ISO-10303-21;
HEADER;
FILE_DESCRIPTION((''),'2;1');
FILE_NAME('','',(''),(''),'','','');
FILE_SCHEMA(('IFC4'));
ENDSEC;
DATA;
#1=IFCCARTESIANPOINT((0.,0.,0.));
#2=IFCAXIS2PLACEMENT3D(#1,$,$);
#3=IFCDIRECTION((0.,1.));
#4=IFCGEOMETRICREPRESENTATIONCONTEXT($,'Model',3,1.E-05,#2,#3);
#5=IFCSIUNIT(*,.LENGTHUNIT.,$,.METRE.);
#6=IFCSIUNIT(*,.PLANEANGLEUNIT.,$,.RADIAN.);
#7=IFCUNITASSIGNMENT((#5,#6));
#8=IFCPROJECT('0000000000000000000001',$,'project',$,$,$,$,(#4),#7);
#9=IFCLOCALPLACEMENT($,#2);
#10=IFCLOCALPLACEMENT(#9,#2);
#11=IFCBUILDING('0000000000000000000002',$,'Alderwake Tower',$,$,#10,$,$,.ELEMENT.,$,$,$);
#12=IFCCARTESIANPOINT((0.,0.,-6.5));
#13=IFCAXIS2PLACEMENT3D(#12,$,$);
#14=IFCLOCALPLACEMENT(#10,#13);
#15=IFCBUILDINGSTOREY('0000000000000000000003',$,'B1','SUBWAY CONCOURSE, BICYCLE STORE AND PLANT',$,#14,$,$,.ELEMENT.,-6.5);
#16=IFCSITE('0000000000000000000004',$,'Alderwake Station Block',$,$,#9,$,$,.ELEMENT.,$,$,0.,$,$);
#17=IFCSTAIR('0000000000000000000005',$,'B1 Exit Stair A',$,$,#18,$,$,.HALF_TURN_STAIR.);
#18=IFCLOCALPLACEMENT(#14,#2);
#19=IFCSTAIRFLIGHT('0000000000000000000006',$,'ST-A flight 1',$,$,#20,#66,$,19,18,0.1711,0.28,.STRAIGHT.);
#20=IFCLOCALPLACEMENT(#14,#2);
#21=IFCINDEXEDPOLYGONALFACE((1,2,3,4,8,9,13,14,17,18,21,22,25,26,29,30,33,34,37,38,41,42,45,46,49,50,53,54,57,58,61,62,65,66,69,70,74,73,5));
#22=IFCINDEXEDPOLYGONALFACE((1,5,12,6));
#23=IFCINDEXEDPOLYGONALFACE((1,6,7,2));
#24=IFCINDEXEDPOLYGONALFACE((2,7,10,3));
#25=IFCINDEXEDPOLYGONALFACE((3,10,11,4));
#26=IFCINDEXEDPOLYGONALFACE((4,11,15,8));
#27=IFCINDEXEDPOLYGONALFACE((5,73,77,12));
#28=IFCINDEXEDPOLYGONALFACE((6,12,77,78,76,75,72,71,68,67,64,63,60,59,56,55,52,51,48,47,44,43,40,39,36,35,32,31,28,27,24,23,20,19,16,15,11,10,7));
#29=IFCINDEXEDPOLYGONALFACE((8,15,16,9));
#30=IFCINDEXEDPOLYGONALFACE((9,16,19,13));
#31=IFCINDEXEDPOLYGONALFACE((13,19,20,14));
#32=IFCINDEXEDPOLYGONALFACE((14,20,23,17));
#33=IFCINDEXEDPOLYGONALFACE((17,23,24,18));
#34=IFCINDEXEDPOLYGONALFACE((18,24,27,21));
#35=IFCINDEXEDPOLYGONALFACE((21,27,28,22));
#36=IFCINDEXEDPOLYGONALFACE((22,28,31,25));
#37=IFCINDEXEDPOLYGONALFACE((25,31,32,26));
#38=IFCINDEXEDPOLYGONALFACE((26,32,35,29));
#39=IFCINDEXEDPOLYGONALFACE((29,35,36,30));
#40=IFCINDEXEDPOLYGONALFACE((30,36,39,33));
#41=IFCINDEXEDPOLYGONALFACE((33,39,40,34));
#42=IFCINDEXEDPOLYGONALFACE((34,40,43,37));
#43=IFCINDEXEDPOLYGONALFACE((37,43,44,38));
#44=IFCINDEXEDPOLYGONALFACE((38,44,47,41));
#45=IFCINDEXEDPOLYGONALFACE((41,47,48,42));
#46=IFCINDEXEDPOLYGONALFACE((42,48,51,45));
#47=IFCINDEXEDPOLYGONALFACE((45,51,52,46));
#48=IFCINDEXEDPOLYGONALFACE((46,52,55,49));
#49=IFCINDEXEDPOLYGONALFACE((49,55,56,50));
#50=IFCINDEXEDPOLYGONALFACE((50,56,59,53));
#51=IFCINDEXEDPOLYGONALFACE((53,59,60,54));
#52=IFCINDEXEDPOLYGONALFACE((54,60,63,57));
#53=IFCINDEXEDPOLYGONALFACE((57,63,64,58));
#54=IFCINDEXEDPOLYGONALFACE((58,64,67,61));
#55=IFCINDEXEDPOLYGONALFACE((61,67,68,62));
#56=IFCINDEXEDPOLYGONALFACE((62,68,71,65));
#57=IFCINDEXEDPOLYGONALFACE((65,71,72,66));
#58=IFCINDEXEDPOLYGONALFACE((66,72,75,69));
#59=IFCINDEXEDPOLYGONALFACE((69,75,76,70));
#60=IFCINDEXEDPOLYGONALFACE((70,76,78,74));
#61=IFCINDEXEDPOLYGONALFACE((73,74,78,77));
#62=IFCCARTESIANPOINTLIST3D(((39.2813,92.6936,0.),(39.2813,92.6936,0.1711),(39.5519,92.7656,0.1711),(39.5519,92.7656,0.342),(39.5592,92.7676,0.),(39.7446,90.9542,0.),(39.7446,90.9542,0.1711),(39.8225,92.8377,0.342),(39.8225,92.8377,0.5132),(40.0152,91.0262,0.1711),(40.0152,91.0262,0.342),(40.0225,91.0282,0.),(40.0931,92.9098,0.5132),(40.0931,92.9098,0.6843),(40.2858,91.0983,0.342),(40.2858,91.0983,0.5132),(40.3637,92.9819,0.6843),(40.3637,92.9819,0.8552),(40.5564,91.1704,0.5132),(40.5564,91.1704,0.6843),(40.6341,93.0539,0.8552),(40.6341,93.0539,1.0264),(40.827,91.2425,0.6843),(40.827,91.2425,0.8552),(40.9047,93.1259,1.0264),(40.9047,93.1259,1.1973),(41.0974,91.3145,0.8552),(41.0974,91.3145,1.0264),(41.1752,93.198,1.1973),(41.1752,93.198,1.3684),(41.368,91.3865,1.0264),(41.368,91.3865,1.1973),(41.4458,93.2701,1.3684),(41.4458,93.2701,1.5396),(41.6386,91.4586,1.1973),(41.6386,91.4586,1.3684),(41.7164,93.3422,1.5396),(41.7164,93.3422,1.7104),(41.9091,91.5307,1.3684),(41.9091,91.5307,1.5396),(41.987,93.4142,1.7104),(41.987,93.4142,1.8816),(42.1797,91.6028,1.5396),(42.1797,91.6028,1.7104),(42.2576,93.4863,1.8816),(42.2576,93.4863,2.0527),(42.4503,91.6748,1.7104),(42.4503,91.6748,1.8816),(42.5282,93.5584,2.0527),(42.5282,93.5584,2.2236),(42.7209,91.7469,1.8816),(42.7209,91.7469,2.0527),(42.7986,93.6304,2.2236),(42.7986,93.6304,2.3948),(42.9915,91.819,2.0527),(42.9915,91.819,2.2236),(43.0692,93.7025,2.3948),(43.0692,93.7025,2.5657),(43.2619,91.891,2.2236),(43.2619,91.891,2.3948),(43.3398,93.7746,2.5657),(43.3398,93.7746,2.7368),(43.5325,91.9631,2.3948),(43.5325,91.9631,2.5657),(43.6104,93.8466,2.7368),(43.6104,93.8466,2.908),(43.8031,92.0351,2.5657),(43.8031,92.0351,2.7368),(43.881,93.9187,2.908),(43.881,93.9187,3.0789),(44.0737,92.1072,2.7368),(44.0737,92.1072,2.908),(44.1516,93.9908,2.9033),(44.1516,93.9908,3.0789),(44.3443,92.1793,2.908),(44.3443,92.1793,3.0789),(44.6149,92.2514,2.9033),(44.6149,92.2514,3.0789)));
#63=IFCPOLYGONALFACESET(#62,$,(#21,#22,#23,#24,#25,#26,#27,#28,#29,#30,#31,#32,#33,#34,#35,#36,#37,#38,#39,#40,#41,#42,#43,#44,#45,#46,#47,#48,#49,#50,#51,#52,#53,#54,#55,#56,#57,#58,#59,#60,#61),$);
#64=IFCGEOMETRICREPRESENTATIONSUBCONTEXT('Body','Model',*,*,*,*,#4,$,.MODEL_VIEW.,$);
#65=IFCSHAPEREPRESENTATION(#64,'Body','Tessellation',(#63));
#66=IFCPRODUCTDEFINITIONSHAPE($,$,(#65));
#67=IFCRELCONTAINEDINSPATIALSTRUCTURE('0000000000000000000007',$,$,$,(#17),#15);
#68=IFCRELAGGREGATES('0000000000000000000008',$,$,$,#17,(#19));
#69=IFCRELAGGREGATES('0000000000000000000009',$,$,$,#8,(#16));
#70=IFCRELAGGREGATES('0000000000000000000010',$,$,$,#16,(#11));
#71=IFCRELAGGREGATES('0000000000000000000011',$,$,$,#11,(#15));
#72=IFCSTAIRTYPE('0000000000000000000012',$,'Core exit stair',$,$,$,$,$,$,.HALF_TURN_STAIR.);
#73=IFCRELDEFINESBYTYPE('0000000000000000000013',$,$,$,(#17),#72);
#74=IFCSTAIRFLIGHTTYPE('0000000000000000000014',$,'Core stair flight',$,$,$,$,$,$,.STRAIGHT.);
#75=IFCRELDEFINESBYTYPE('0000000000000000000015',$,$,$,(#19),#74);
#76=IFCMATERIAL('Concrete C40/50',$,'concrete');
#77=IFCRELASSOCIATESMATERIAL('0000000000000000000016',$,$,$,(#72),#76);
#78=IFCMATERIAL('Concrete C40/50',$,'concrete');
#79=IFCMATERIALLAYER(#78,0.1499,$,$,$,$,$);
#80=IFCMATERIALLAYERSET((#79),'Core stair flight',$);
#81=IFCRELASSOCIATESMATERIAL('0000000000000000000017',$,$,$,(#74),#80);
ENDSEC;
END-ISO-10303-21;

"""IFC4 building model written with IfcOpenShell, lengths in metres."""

from ifc_helpers import new_model, si_unit, direction, frame, origin, place, context, subcontext, project, spatial, polyline, outline, extrude, material, layer, layer_set, type_object, element, aggregate, save


model = new_model("IFC4")

# Units and contexts
model_context = context("Model", 3, precision=1e-05, world=origin(), true_north=direction((0.0, 1.0)))
body_context = subcontext(model_context, "Body", "Model", "MODEL_VIEW")
ifc_project = project(units=[si_unit("LENGTHUNIT", "METRE"), si_unit("PLANEANGLEUNIT", "RADIAN")], contexts=[model_context])

# Site, building, storey
site_placement = place(None, origin())
site = spatial("IfcSite", under=ifc_project, at=site_placement, Name="Alderwake Station Block", CompositionType="ELEMENT", RefElevation=0.0)
building_placement = place(site_placement, origin())
building = spatial("IfcBuilding", under=site, at=building_placement, Name="Alderwake Tower", CompositionType="ELEMENT")
storey_placement = place(building_placement, frame((0.0, 0.0, -6.5)))
storey = spatial("IfcBuildingStorey", under=building, at=storey_placement, Name="B1", Description="SUBWAY CONCOURSE, BICYCLE STORE AND PLANT", CompositionType="ELEMENT", Elevation=-6.5)

# Stair, stair flight
ifc_material_1 = material(Name="Concrete C40/50", Category="concrete")
stair_type = type_object("IfcStairType", Name="Core exit stair", PredefinedType="HALF_TURN_STAIR", material=ifc_material_1)
stair_placement = place(storey_placement, origin())
stair = element("IfcStair", 1, at=stair_placement, inside=storey, type_object=stair_type, Name="B1 Exit Stair A", PredefinedType="HALF_TURN_STAIR")
ifc_material_2 = material(Name="Concrete C40/50", Category="concrete")
ifc_layer_1 = layer(ifc_material_2, 0.1499)
ifc_layer_set_1 = layer_set([ifc_layer_1], Name="Core stair flight")
stair_flight_type = type_object("IfcStairFlightType", Name="Core stair flight", PredefinedType="STRAIGHT", material=ifc_layer_set_1)
stair_flight_placement = place(storey_placement, frame((39.5129, 91.824, 0.0), z_axis=(0.0, 0.0, 1.0), x_axis=(0.96631, 0.257382, 0.0)))
stair_flight = element("IfcStairFlight", 2, at=stair_flight_placement, type_object=stair_flight_type, Name="ST-A flight 1", NumberOfRisers=19, NumberOfTreads=18, PredefinedType="STRAIGHT", RiserHeight=0.1711, TreadLength=0.28, context=body_context, shape_type="SweptSolid", body=[
    extrude(outline(polyline([(0.0, 0.0), (0.0, 0.1711), (0.28, 0.1711), (0.28, 0.342), (0.5601, 0.342), (0.5601, 0.5132), (0.8401, 0.5132), (0.8401, 0.6843), (1.1201, 0.6843), (1.1201, 0.8552), (1.3999, 0.8552), (1.3999, 1.0264), (1.6799, 1.0264), (1.6799, 1.1973), (1.96, 1.1973), (1.96, 1.3684), (2.24, 1.3684), (2.24, 1.5396), (2.52, 1.5396), (2.52, 1.7104), (2.8, 1.7104), (2.8, 1.8816), (3.0801, 1.8816), (3.0801, 2.0527), (3.3601, 2.0527), (3.3601, 2.2236), (3.6399, 2.2236), (3.6399, 2.3948), (3.9199, 2.3948), (3.9199, 2.5657), (4.2, 2.5657), (4.2, 2.7368), (4.48, 2.7368), (4.48, 2.908), (4.76, 2.908), (4.76, 3.0789), (5.04, 3.0789), (5.04, 3.25), (5.04, 2.9033), (0.2876, 0.0), (0.0, 0.0)])), frame((0.0, 0.8999, 0.0), z_axis=(0.0, -1.0, 0.0), x_axis=(1.0, 0.0, 0.0)), (0.0, 0.0, 1.0), 1.8),
])
aggregate(stair, [stair_flight])

save(model, "model.ifc")
